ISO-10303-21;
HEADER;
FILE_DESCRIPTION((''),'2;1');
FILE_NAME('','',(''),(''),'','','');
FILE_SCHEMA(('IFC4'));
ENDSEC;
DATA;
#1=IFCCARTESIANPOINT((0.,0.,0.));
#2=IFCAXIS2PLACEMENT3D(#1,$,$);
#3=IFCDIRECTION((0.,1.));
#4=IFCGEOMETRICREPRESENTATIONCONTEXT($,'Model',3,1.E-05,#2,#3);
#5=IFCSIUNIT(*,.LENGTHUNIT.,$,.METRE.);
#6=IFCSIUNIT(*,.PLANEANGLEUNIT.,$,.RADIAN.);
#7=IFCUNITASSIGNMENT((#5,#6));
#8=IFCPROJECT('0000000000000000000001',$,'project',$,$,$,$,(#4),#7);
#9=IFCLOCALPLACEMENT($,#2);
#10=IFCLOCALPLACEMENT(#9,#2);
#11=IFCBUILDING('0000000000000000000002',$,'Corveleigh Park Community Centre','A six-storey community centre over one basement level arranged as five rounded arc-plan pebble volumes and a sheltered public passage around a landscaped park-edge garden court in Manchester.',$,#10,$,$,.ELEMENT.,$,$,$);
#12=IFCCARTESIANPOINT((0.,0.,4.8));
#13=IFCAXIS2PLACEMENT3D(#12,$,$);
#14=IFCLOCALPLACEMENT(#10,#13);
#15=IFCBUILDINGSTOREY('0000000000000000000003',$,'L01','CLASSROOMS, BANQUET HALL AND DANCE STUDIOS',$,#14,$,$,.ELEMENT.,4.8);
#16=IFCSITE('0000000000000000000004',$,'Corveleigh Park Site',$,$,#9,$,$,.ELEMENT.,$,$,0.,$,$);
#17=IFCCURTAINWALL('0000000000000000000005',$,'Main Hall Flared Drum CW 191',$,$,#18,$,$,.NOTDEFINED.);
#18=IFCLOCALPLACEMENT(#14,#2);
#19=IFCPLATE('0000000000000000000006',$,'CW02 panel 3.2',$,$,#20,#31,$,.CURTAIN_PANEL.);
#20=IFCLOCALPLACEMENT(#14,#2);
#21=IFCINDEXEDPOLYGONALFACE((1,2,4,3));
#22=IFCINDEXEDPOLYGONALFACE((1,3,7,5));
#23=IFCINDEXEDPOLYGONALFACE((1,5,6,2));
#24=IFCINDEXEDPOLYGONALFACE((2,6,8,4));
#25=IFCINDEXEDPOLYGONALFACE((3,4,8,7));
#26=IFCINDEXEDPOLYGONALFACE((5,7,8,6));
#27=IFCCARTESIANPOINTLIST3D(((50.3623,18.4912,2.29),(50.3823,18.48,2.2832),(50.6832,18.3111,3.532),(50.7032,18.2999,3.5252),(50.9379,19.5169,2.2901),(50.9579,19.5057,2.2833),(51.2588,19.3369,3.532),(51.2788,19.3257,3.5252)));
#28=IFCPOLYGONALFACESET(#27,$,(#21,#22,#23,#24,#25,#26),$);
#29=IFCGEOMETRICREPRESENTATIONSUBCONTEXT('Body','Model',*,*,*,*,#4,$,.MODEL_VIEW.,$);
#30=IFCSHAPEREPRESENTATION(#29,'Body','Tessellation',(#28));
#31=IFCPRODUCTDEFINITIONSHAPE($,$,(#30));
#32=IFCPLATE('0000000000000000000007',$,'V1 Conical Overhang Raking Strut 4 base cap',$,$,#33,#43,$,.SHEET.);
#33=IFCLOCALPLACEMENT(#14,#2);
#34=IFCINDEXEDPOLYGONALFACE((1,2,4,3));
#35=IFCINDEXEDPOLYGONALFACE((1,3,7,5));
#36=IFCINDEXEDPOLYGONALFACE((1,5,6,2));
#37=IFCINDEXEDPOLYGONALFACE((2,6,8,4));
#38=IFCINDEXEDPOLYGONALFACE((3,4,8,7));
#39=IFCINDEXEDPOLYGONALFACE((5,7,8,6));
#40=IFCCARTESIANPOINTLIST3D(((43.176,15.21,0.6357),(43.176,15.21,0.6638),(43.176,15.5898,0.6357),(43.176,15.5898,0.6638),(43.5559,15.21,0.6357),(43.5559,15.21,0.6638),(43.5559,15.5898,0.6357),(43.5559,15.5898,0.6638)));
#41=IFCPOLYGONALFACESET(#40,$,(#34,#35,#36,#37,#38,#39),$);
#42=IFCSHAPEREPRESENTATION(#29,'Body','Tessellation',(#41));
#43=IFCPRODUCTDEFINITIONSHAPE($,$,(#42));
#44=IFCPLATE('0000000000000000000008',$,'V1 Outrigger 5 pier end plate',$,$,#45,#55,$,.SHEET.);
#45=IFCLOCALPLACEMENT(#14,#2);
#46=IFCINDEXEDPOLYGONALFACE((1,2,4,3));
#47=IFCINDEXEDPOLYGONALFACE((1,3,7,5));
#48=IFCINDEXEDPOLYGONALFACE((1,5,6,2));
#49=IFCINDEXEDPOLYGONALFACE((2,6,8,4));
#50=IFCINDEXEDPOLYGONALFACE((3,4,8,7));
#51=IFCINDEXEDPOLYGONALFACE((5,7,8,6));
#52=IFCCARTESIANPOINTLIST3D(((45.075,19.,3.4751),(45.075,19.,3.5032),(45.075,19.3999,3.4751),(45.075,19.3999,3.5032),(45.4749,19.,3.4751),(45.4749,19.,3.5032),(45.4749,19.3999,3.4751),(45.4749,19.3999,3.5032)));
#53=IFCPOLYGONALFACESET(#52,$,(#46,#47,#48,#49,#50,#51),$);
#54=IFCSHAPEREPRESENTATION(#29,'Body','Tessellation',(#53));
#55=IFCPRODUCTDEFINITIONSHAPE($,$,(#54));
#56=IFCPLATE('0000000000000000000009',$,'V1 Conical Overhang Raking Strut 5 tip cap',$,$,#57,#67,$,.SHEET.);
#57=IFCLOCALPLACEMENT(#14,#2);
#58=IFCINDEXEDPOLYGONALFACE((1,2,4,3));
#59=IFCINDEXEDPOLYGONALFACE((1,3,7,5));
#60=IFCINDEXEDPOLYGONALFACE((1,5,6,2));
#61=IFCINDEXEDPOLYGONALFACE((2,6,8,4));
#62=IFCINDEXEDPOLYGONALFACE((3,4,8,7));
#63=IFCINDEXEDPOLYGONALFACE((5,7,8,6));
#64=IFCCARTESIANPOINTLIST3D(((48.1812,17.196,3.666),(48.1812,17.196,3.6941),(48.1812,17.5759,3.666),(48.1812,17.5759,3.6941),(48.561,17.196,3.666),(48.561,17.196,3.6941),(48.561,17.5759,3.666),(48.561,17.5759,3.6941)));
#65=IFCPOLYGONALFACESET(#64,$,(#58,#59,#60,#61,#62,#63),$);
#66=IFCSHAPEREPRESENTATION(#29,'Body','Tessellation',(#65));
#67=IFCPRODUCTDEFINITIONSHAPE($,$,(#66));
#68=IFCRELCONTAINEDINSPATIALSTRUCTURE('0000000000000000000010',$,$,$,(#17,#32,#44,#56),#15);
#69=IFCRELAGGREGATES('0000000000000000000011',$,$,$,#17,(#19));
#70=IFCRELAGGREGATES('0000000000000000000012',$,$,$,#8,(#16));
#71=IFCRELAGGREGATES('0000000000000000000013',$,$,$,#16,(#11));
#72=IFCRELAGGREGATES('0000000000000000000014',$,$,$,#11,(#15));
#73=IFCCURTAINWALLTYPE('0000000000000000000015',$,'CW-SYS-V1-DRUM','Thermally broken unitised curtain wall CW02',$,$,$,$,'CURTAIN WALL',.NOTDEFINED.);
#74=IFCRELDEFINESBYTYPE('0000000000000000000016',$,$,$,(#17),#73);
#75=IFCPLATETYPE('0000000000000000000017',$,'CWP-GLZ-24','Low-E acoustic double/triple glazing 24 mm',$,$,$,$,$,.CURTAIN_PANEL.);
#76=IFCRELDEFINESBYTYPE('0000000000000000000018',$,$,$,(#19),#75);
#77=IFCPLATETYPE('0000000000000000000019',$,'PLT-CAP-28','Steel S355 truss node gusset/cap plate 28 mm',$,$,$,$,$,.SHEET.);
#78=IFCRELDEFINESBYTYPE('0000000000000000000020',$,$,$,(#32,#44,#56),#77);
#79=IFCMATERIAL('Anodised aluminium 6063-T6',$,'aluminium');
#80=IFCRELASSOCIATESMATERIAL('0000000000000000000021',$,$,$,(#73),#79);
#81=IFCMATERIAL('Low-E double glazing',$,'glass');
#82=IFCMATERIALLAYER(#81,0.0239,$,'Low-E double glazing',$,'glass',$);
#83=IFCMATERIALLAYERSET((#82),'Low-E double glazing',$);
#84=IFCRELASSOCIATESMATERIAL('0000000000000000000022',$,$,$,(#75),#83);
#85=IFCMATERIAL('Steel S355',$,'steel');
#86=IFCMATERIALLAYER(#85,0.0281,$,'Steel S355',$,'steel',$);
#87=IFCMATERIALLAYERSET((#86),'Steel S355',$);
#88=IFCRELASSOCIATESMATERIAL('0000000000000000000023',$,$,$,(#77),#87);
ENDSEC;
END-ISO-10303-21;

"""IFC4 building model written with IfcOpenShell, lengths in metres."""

from ifc_helpers import new_model, si_unit, direction, frame, origin, origin_2d, place, context, subcontext, project, spatial, polyline, rectangle, outline, extrude, material, layer, layer_set, type_object, element, aggregate, save


model = new_model("IFC4")

# Units and contexts
model_context = context("Model", 3, precision=1e-05, world=origin(), true_north=direction((0.0, 1.0)))
body_context = subcontext(model_context, "Body", "Model", "MODEL_VIEW")
ifc_project = project(units=[si_unit("LENGTHUNIT", "METRE"), si_unit("PLANEANGLEUNIT", "RADIAN")], contexts=[model_context])

# Site, building, storey
site_placement = place(None, origin())
site = spatial("IfcSite", under=ifc_project, at=site_placement, Name="Corveleigh Park Site", CompositionType="ELEMENT", RefElevation=0.0)
building_placement = place(site_placement, origin())
building = spatial("IfcBuilding", under=site, at=building_placement, Name="Corveleigh Park Community Centre", Description="A six-storey community centre over one basement level arranged as five rounded arc-plan pebble volumes and a sheltered public passage around a landscaped park-edge garden court in Manchester.", CompositionType="ELEMENT")
storey_placement = place(building_placement, frame((0.0, 0.0, 4.8)))
storey = spatial("IfcBuildingStorey", under=building, at=storey_placement, Name="L01", Description="CLASSROOMS, BANQUET HALL AND DANCE STUDIOS", CompositionType="ELEMENT", Elevation=4.8)

# Shared definitions
ifc_material_1 = material(Name="Steel S355", Category="steel")

# Curtain wall
ifc_material_2 = material(Name="Anodised aluminium 6063-T6", Category="aluminium")
curtain_wall_type = type_object("IfcCurtainWallType", Name="CW-SYS-V1-DRUM", Description="Thermally broken unitised curtain wall CW02", ElementType="CURTAIN WALL", PredefinedType="NOTDEFINED", material=ifc_material_2)
curtain_wall_1_placement = place(storey_placement, origin())
curtain_wall_1 = element("IfcCurtainWall", 1, at=curtain_wall_1_placement, inside=storey, type_object=curtain_wall_type, Name="Main Hall Flared Drum CW 191", PredefinedType="NOTDEFINED")

# Plate
ifc_material_3 = material(Name="Low-E double glazing", Category="glass")
ifc_layer_1 = layer(ifc_material_3, 0.0239, Name="Low-E double glazing", Category="glass")
ifc_layer_set_1 = layer_set([ifc_layer_1], Name="Low-E double glazing")
plate_type_1 = type_object("IfcPlateType", Name="CWP-GLZ-24", Description="Low-E acoustic double/triple glazing 24 mm", PredefinedType="CURTAIN_PANEL", material=ifc_layer_set_1)
plate_1_placement = place(storey_placement, frame((50.3623, 18.4912, 2.29), z_axis=(-0.836162, 0.469178, 0.284088), x_axis=(0.489349, 0.872088, 0.000038)))
plate_1 = element("IfcPlate", 2, at=plate_1_placement, type_object=plate_type_1, Name="CW02 panel 3.2", PredefinedType="CURTAIN_PANEL", context=body_context, shape_type="SweptSolid", body=[
    extrude(outline(polyline([(0.0, 0.0), (1.1762, 0.0), (1.1763, -1.2953), (0.0, -1.2954), (0.0, 0.0)])), origin(), (0.0, 0.0, -1.0), 0.0239),
])
aggregate(curtain_wall_1, [plate_1])

# Plates
ifc_layer_2 = layer(ifc_material_1, 0.0281, Name="Steel S355", Category="steel")
ifc_layer_set_2 = layer_set([ifc_layer_2], Name="Steel S355")
plate_type_2 = type_object("IfcPlateType", Name="PLT-CAP-28", Description="Steel S355 truss node gusset/cap plate 28 mm", PredefinedType="SHEET", material=ifc_layer_set_2)
plate_2_placement = place(storey_placement, frame((43.366, 15.3999, 0.6357), z_axis=(0.0, 0.0, 1.0), x_axis=(1.0, 0.0, 0.0)))
element("IfcPlate", 3, at=plate_2_placement, inside=storey, type_object=plate_type_2, Name="V1 Conical Overhang Raking Strut 4 base cap", PredefinedType="SHEET", context=body_context, shape_type="SweptSolid", body=[
    extrude(rectangle(XDim=0.3799, YDim=0.3799, at=origin_2d()), origin(), (0.0, 0.0, 1.0), 0.0281),
])
plate_3_placement = place(storey_placement, frame((45.2749, 19.2, 3.4751), z_axis=(0.0, 0.0, 1.0), x_axis=(1.0, 0.0, 0.0)))
element("IfcPlate", 4, at=plate_3_placement, inside=storey, type_object=plate_type_2, Name="V1 Outrigger 5 pier end plate", PredefinedType="SHEET", context=body_context, shape_type="SweptSolid", body=[
    extrude(rectangle(XDim=0.3999, YDim=0.3999, at=origin_2d()), origin(), (0.0, 0.0, 1.0), 0.0281),
])
plate_4_placement = place(storey_placement, frame((48.3711, 17.386, 3.666), z_axis=(0.0, 0.0, 1.0), x_axis=(1.0, 0.0, 0.0)))
element("IfcPlate", 5, at=plate_4_placement, inside=storey, type_object=plate_type_2, Name="V1 Conical Overhang Raking Strut 5 tip cap", PredefinedType="SHEET", context=body_context, shape_type="SweptSolid", body=[
    extrude(rectangle(XDim=0.3799, YDim=0.3799, at=origin_2d()), origin(), (0.0, 0.0, 1.0), 0.0281),
])

save(model, "model.ifc")
